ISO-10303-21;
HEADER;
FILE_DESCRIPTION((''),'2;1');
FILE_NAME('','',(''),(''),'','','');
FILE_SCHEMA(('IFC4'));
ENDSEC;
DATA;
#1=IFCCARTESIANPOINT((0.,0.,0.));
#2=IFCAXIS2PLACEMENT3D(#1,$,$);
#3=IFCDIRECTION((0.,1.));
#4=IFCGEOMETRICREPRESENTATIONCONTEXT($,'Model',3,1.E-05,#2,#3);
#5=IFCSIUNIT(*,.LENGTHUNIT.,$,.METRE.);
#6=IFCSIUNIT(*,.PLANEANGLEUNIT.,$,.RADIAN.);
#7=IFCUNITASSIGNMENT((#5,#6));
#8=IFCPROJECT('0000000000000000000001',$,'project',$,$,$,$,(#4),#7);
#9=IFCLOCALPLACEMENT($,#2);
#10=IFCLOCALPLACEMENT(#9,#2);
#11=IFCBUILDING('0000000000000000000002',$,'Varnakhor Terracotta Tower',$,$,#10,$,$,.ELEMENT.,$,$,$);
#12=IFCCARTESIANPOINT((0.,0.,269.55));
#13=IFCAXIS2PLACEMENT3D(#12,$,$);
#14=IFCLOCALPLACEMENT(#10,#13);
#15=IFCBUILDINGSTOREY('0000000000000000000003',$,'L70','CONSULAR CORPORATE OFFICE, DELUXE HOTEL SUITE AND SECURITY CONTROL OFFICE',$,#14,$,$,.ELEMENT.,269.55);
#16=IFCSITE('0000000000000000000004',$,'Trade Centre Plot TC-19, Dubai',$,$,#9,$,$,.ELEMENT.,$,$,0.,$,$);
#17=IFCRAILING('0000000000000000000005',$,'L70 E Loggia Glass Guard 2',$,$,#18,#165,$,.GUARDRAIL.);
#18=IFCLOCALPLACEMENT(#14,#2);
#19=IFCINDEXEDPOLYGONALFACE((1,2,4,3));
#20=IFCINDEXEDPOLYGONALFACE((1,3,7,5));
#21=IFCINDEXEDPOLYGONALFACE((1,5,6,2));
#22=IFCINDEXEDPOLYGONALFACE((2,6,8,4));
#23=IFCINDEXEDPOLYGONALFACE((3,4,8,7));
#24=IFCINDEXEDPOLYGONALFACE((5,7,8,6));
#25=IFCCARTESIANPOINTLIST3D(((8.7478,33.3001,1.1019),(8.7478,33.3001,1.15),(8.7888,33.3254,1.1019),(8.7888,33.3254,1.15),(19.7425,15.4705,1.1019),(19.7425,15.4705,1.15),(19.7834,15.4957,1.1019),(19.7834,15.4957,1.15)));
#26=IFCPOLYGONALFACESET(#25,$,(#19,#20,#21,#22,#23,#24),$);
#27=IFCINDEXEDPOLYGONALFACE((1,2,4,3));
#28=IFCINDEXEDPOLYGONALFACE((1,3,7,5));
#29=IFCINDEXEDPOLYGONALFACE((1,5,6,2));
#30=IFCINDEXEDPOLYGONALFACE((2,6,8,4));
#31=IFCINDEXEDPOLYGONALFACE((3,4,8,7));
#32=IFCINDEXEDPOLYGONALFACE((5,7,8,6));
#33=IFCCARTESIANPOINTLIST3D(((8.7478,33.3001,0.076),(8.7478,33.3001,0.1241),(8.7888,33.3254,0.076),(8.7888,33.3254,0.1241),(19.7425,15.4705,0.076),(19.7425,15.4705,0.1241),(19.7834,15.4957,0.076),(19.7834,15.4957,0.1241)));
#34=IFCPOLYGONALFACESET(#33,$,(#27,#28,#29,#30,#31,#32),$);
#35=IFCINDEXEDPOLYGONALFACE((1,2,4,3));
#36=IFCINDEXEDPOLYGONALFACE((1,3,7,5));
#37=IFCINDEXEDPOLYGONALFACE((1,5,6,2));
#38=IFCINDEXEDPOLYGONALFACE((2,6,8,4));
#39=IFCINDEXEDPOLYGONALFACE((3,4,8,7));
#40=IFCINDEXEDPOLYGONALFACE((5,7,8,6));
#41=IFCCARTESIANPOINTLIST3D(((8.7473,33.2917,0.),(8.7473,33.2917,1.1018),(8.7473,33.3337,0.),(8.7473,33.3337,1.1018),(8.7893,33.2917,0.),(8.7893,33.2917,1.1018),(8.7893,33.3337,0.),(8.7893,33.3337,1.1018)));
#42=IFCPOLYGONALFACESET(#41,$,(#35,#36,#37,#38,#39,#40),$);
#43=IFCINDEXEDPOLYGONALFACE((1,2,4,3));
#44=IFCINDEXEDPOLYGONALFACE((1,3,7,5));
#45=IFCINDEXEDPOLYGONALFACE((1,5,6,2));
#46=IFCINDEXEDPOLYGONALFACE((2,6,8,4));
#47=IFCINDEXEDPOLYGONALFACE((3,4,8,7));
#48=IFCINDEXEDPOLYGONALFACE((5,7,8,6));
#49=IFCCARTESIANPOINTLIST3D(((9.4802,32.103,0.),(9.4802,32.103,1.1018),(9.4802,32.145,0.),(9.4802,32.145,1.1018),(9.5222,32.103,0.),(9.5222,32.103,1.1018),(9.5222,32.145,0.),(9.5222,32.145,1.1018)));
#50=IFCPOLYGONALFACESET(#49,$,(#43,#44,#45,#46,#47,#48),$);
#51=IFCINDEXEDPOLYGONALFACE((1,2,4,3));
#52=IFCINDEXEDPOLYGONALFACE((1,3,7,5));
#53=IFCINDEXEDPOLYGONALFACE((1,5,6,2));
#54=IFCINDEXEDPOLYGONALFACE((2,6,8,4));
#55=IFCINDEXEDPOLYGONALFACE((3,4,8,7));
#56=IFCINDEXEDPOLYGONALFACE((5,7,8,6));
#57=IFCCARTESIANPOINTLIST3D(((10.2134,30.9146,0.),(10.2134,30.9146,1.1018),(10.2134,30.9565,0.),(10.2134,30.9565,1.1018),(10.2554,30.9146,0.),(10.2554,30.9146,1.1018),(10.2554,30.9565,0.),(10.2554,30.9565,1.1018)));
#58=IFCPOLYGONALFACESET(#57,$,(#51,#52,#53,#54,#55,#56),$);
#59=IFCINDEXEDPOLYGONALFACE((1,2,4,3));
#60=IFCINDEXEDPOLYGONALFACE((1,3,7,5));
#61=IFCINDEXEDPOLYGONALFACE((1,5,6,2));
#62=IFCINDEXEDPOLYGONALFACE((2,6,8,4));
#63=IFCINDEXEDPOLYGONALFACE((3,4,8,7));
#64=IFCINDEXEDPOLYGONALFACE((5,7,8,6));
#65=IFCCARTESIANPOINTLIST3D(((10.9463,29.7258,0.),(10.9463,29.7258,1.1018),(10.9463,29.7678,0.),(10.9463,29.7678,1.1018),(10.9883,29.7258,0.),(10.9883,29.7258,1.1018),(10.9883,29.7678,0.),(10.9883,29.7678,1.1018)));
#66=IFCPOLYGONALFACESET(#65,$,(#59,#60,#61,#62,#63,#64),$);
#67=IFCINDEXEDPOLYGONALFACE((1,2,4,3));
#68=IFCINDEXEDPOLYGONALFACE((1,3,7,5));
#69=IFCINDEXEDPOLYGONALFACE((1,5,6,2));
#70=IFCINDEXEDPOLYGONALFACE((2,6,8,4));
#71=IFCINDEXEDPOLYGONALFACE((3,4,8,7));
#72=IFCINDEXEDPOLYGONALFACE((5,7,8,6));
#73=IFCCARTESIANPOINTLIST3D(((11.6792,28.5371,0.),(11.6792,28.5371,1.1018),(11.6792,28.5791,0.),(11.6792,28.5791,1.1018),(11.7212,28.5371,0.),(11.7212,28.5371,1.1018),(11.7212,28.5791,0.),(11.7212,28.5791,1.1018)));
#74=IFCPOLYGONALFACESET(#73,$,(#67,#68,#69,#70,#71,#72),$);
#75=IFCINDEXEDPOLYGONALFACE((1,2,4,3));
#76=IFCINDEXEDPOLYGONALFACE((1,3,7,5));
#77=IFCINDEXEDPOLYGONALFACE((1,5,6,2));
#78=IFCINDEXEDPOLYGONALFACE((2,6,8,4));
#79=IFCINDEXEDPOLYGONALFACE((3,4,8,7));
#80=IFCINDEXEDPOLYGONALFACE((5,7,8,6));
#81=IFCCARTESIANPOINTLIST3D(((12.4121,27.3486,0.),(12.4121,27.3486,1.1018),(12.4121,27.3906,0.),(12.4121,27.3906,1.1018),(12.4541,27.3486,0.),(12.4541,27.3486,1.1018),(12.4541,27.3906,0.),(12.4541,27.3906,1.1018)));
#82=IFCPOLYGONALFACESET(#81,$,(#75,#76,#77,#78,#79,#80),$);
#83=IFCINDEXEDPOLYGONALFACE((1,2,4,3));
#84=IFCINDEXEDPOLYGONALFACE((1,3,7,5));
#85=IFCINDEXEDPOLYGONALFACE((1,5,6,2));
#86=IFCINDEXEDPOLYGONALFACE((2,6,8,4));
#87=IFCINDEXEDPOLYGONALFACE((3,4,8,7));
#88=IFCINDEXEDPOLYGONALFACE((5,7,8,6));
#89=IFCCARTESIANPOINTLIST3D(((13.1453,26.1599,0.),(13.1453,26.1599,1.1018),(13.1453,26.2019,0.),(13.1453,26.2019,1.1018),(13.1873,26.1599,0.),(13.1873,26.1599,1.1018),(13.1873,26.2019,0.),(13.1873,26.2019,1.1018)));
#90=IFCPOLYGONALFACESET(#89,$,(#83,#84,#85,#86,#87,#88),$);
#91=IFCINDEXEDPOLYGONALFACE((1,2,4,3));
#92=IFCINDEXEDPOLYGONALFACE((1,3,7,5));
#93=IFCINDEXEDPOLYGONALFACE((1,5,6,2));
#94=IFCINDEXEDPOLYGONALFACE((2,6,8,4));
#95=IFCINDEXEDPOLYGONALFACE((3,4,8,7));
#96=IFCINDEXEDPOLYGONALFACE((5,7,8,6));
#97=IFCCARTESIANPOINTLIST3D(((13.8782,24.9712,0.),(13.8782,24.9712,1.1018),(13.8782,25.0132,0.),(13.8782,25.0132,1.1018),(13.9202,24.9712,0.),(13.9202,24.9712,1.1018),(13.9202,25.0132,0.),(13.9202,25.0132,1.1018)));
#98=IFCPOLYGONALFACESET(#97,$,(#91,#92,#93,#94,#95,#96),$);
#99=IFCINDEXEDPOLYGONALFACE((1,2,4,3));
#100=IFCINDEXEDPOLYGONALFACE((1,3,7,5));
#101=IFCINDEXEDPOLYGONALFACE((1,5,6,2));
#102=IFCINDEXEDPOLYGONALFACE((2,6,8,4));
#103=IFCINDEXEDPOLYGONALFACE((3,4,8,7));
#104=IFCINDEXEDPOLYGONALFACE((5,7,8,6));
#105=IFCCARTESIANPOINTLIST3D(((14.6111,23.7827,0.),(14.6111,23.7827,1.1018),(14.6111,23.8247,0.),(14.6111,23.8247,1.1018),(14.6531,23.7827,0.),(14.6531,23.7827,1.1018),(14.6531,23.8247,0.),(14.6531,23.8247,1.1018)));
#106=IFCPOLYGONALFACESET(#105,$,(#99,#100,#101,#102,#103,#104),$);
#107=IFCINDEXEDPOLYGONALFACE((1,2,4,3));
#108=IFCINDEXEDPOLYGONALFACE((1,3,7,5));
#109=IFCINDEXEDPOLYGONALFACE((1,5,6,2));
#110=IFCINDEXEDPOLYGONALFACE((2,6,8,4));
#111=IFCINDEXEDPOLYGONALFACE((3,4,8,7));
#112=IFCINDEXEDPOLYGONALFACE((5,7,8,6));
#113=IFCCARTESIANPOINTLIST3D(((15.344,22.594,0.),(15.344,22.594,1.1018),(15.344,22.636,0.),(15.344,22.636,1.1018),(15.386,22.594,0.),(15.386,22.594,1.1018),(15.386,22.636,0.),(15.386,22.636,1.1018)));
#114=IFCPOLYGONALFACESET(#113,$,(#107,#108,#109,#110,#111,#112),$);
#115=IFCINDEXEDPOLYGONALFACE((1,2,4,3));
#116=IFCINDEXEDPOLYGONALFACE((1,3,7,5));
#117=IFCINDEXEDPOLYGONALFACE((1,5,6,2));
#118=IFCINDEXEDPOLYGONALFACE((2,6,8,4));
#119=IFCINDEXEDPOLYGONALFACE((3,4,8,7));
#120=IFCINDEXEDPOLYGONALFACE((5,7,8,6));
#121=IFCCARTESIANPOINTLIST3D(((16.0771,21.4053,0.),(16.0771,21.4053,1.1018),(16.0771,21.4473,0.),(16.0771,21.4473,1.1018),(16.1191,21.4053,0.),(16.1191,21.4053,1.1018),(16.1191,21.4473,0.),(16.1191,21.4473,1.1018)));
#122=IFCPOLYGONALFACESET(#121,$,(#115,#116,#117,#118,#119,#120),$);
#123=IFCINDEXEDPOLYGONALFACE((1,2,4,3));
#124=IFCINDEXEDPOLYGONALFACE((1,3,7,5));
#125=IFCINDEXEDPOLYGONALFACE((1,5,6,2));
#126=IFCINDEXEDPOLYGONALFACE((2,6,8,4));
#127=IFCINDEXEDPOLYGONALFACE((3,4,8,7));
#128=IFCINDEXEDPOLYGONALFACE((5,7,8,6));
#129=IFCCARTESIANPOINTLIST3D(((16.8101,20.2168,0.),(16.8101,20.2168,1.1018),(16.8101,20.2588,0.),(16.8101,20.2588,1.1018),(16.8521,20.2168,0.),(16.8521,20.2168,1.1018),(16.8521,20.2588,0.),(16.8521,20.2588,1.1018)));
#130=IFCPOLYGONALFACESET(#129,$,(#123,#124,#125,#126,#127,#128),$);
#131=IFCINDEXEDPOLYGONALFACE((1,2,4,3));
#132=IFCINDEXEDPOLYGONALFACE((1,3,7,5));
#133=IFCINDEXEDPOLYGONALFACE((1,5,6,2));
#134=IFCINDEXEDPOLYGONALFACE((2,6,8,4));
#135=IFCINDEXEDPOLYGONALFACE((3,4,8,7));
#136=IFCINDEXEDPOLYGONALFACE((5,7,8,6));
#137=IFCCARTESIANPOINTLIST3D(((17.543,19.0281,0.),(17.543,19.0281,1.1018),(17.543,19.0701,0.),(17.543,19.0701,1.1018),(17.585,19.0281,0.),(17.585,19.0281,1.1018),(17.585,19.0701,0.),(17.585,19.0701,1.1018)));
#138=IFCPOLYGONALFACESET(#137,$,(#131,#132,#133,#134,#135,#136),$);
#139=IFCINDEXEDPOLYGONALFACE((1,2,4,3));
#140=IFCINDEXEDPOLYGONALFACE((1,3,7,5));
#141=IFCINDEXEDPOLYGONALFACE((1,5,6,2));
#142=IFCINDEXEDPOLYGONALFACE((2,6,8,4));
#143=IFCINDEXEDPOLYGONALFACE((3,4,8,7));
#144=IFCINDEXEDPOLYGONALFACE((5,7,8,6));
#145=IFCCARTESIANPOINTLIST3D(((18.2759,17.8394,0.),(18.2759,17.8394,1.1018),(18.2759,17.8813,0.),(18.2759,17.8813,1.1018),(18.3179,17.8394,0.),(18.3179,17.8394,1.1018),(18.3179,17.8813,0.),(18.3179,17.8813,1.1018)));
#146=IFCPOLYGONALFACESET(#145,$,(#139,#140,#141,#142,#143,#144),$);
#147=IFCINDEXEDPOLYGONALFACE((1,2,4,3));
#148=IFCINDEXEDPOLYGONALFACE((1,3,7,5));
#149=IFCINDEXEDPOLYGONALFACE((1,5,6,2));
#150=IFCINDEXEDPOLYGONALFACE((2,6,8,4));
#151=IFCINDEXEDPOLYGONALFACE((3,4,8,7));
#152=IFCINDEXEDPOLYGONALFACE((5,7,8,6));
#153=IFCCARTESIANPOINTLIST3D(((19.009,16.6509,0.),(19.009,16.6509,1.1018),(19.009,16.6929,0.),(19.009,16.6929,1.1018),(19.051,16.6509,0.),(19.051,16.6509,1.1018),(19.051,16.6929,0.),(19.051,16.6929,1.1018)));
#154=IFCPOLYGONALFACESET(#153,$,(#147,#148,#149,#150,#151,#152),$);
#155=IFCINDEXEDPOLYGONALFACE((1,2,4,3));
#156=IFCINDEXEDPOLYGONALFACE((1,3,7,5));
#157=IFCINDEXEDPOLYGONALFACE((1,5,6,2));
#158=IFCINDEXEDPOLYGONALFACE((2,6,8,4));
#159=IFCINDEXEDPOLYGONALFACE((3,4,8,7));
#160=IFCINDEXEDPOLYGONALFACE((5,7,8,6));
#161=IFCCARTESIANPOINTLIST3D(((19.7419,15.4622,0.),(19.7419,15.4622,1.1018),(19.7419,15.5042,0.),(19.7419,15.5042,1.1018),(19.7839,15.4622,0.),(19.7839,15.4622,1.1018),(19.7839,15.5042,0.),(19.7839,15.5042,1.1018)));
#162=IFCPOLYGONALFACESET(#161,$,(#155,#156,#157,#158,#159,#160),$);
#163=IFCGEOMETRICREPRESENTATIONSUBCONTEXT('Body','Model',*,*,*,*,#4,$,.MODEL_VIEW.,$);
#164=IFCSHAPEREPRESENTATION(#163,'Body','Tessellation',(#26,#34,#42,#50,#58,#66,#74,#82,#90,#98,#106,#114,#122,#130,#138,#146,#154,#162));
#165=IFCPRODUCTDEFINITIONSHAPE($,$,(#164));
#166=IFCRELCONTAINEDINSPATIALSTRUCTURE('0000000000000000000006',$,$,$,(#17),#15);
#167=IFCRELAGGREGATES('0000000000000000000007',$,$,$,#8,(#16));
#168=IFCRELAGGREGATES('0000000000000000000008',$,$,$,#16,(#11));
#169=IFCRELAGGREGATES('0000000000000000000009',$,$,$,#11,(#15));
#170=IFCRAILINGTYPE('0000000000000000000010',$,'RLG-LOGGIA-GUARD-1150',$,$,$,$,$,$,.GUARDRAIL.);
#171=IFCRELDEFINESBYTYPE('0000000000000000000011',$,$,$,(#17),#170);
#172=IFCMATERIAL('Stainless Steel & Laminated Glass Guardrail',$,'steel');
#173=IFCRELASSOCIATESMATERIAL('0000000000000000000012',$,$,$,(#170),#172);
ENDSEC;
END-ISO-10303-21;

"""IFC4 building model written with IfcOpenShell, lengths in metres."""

from ifc_helpers import new_model, si_unit, direction, frame, origin, origin_2d, place, context, subcontext, project, spatial, rectangle, extrude, material, type_object, element, save


model = new_model("IFC4")

# Units and contexts
model_context = context("Model", 3, precision=1e-05, world=origin(), true_north=direction((0.0, 1.0)))
body_context = subcontext(model_context, "Body", "Model", "MODEL_VIEW")
ifc_project = project(units=[si_unit("LENGTHUNIT", "METRE"), si_unit("PLANEANGLEUNIT", "RADIAN")], contexts=[model_context])

# Site, building, storey
site_placement = place(None, origin())
site = spatial("IfcSite", under=ifc_project, at=site_placement, Name="Trade Centre Plot TC-19, Dubai", CompositionType="ELEMENT", RefElevation=0.0)
building_placement = place(site_placement, origin())
building = spatial("IfcBuilding", under=site, at=building_placement, Name="Varnakhor Terracotta Tower", CompositionType="ELEMENT")
storey_placement = place(building_placement, frame((0.0, 0.0, 269.55)))
storey = spatial("IfcBuildingStorey", under=building, at=storey_placement, Name="L70", Description="CONSULAR CORPORATE OFFICE, DELUXE HOTEL SUITE AND SECURITY CONTROL OFFICE", CompositionType="ELEMENT", Elevation=269.55)

# Railing
ifc_material_1 = material(Name="Stainless Steel & Laminated Glass Guardrail", Category="steel")
railing_type = type_object("IfcRailingType", Name="RLG-LOGGIA-GUARD-1150", PredefinedType="GUARDRAIL", material=ifc_material_1)
railing_1_placement = place(storey_placement, frame((8.7683, 33.3127, 0.0)))
element("IfcRailing", 1, at=railing_1_placement, inside=storey, type_object=railing_type, Name="L70 E Loggia Glass Guard 2", PredefinedType="GUARDRAIL", context=body_context, shape_type="SweptSolid", body=[
    extrude(rectangle(XDim=0.0481, YDim=0.0481, at=origin_2d()), frame((0.0, 0.0, 1.126), z_axis=(0.524879, -0.851177, 0.0), x_axis=(0.851177, 0.524879, 0.0)), (0.0, 0.0, 1.0), 20.947),
    extrude(rectangle(XDim=0.0481, YDim=0.0481, at=origin_2d()), frame((0.0, 0.0, 0.1001), z_axis=(0.524879, -0.851177, 0.0), x_axis=(0.851177, 0.524879, 0.0)), (0.0, 0.0, 1.0), 20.947),
    extrude(rectangle(XDim=0.042, YDim=0.042, at=origin_2d()), origin(), (0.0, 0.0, 1.0), 1.1018),
    extrude(rectangle(XDim=0.042, YDim=0.042, at=origin_2d()), frame((0.7329, -1.1887, 0.0)), (0.0, 0.0, 1.0), 1.1018),
    extrude(rectangle(XDim=0.042, YDim=0.042, at=origin_2d()), frame((1.4661, -2.3772, 0.0)), (0.0, 0.0, 1.0), 1.1018),
    extrude(rectangle(XDim=0.042, YDim=0.042, at=origin_2d()), frame((2.199, -3.5659, 0.0)), (0.0, 0.0, 1.0), 1.1018),
    extrude(rectangle(XDim=0.042, YDim=0.042, at=origin_2d()), frame((2.9319, -4.7546, 0.0)), (0.0, 0.0, 1.0), 1.1018),
    extrude(rectangle(XDim=0.042, YDim=0.042, at=origin_2d()), frame((3.6648, -5.9431, 0.0)), (0.0, 0.0, 1.0), 1.1018),
    extrude(rectangle(XDim=0.042, YDim=0.042, at=origin_2d()), frame((4.3979, -7.1318, 0.0)), (0.0, 0.0, 1.0), 1.1018),
    extrude(rectangle(XDim=0.042, YDim=0.042, at=origin_2d()), frame((5.1309, -8.3206, 0.0)), (0.0, 0.0, 1.0), 1.1018),
    extrude(rectangle(XDim=0.042, YDim=0.042, at=origin_2d()), frame((5.8638, -9.509, 0.0)), (0.0, 0.0, 1.0), 1.1018),
    extrude(rectangle(XDim=0.042, YDim=0.042, at=origin_2d()), frame((6.5967, -10.6978, 0.0)), (0.0, 0.0, 1.0), 1.1018),
    extrude(rectangle(XDim=0.042, YDim=0.042, at=origin_2d()), frame((7.3298, -11.8865, 0.0)), (0.0, 0.0, 1.0), 1.1018),
    extrude(rectangle(XDim=0.042, YDim=0.042, at=origin_2d()), frame((8.0627, -13.075, 0.0)), (0.0, 0.0, 1.0), 1.1018),
    extrude(rectangle(XDim=0.042, YDim=0.042, at=origin_2d()), frame((8.7957, -14.2637, 0.0)), (0.0, 0.0, 1.0), 1.1018),
    extrude(rectangle(XDim=0.042, YDim=0.042, at=origin_2d()), frame((9.5286, -15.4524, 0.0)), (0.0, 0.0, 1.0), 1.1018),
    extrude(rectangle(XDim=0.042, YDim=0.042, at=origin_2d()), frame((10.2617, -16.6409, 0.0)), (0.0, 0.0, 1.0), 1.1018),
    extrude(rectangle(XDim=0.042, YDim=0.042, at=origin_2d()), frame((10.9946, -17.8296, 0.0)), (0.0, 0.0, 1.0), 1.1018),
])

save(model, "model.ifc")
